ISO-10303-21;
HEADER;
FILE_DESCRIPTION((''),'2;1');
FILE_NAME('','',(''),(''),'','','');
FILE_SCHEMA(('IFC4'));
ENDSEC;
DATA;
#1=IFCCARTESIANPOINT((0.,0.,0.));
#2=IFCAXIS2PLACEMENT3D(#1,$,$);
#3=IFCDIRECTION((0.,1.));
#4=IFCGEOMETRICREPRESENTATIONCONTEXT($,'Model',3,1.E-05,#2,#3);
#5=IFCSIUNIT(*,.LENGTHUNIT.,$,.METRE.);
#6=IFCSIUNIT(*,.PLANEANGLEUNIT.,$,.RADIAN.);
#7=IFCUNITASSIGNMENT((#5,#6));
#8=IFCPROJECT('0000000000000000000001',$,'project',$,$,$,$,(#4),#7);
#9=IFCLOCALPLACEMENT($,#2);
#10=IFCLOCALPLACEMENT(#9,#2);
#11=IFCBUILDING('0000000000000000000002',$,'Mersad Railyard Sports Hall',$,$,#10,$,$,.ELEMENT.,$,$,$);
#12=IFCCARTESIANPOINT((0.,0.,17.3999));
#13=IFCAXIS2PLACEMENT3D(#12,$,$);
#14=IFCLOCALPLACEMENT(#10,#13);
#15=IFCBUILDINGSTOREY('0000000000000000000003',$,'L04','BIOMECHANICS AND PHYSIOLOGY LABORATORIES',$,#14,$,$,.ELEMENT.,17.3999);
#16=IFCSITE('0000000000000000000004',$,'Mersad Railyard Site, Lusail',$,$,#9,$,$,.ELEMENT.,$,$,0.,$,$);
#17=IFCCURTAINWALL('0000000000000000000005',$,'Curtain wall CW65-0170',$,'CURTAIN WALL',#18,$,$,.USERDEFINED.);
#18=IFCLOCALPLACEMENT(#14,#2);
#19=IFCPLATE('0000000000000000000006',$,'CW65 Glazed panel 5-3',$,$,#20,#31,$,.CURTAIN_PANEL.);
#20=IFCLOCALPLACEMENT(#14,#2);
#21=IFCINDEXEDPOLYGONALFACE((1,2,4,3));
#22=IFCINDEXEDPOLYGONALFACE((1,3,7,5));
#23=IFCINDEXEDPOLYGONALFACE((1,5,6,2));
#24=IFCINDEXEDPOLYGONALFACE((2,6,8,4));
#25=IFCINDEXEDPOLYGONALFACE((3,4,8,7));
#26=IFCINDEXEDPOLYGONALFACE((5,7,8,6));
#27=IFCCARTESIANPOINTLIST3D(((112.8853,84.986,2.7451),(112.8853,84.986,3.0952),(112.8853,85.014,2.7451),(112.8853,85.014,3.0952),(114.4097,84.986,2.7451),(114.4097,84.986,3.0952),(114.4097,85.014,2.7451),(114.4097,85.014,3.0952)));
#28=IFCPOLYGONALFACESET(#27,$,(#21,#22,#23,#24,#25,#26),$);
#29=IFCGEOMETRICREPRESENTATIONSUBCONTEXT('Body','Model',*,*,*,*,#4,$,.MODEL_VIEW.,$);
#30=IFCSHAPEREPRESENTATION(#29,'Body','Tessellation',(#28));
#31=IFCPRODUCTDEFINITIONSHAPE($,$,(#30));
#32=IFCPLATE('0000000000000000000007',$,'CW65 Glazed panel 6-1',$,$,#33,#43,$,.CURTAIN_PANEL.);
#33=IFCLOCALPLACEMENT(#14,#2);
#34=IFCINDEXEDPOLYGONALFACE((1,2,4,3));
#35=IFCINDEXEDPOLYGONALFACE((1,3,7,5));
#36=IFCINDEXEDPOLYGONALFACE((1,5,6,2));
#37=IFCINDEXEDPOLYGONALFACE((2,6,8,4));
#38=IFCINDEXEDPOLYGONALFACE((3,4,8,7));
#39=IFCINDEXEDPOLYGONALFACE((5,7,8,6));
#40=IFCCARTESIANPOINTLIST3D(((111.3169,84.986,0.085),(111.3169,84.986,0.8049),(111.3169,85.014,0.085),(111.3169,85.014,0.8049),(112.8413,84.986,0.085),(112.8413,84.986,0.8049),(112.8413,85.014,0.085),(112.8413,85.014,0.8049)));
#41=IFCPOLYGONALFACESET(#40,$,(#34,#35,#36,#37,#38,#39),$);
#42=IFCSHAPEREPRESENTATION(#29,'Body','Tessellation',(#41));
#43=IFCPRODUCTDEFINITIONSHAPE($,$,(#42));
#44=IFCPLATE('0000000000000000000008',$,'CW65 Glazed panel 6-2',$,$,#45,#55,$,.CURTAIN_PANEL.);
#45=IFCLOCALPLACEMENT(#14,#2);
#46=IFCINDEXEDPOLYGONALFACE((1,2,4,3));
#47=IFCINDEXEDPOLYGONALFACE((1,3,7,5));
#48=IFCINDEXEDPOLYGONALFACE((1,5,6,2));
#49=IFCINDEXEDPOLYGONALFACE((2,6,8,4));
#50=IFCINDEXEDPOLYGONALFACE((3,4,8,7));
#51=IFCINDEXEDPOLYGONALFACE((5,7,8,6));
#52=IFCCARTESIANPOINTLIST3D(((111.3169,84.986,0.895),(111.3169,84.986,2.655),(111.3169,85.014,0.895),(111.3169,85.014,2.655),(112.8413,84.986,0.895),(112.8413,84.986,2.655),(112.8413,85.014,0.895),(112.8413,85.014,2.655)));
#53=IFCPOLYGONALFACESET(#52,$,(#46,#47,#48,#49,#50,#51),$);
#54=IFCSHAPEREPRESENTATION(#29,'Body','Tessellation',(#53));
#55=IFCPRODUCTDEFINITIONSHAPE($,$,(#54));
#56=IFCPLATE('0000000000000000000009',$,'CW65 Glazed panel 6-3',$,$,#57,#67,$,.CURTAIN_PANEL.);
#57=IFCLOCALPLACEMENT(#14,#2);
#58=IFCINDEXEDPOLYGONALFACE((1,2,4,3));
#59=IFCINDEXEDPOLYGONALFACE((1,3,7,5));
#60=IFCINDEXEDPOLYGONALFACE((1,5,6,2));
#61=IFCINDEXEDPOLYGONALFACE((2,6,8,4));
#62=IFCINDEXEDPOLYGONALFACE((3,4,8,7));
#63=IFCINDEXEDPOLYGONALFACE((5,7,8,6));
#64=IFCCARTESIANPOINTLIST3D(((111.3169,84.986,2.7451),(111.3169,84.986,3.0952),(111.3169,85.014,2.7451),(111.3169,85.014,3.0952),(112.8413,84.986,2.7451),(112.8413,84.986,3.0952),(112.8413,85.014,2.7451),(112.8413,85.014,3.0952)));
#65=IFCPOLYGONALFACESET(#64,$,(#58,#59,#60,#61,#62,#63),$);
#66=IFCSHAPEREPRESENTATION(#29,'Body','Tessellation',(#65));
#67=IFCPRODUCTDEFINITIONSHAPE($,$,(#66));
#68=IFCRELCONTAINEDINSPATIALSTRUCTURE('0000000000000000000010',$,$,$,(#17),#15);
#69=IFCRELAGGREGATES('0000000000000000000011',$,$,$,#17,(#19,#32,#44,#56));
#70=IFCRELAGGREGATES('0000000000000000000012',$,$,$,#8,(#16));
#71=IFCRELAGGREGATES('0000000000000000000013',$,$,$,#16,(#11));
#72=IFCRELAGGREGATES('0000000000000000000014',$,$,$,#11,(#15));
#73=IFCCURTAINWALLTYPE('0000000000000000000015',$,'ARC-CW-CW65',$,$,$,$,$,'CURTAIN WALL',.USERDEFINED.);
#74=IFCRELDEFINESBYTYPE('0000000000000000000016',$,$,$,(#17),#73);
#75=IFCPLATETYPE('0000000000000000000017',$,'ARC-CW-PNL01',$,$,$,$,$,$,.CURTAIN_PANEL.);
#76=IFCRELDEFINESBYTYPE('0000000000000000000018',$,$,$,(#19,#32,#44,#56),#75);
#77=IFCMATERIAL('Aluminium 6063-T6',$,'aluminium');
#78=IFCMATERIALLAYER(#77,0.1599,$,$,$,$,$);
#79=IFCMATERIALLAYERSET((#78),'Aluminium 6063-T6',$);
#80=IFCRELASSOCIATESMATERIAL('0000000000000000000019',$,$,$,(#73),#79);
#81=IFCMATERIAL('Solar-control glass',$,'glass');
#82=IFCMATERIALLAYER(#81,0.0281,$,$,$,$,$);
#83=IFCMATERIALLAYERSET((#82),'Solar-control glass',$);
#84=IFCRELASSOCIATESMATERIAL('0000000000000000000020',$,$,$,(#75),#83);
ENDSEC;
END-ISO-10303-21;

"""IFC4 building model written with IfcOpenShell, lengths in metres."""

from ifc_helpers import new_model, si_unit, direction, frame, origin, origin_2d, place, context, subcontext, project, spatial, rectangle, extrude, material, layer, layer_set, type_object, element, aggregate, save


model = new_model("IFC4")

# Units and contexts
model_context = context("Model", 3, precision=1e-05, world=origin(), true_north=direction((0.0, 1.0)))
body_context = subcontext(model_context, "Body", "Model", "MODEL_VIEW")
ifc_project = project(units=[si_unit("LENGTHUNIT", "METRE"), si_unit("PLANEANGLEUNIT", "RADIAN")], contexts=[model_context])

# Site, building, storey
site_placement = place(None, origin())
site = spatial("IfcSite", under=ifc_project, at=site_placement, Name="Mersad Railyard Site, Lusail", CompositionType="ELEMENT", RefElevation=0.0)
building_placement = place(site_placement, origin())
building = spatial("IfcBuilding", under=site, at=building_placement, Name="Mersad Railyard Sports Hall", CompositionType="ELEMENT")
storey_placement = place(building_placement, frame((0.0, 0.0, 17.3999)))
storey = spatial("IfcBuildingStorey", under=building, at=storey_placement, Name="L04", Description="BIOMECHANICS AND PHYSIOLOGY LABORATORIES", CompositionType="ELEMENT", Elevation=17.3999)

# Shared definitions
ifc_material_1 = material(Name="Aluminium 6063-T6", Category="aluminium")
ifc_layer_1 = layer(ifc_material_1, 0.1599)
ifc_layer_set_1 = layer_set([ifc_layer_1], Name="Aluminium 6063-T6")
curtain_wall_type = type_object("IfcCurtainWallType", Name="ARC-CW-CW65", ElementType="CURTAIN WALL", PredefinedType="USERDEFINED", material=ifc_layer_set_1)

# Curtain wall
curtain_wall_1_placement = place(storey_placement, origin())
curtain_wall_1 = element("IfcCurtainWall", 1, at=curtain_wall_1_placement, inside=storey, type_object=curtain_wall_type, Name="Curtain wall CW65-0170", ObjectType="CURTAIN WALL", PredefinedType="USERDEFINED")

# Plates
ifc_material_2 = material(Name="Solar-control glass", Category="glass")
ifc_layer_2 = layer(ifc_material_2, 0.0281)
ifc_layer_set_2 = layer_set([ifc_layer_2], Name="Solar-control glass")
plate_type = type_object("IfcPlateType", Name="ARC-CW-PNL01", PredefinedType="CURTAIN_PANEL", material=ifc_layer_set_2)
plate_1_placement = place(storey_placement, frame((113.6475, 85.0, 2.7451), z_axis=(0.0, 0.0, 1.0), x_axis=(-1.0, 0.0, 0.0)))
plate_1 = element("IfcPlate", 2, at=plate_1_placement, type_object=plate_type, Name="CW65 Glazed panel 5-3", PredefinedType="CURTAIN_PANEL", context=body_context, shape_type="SweptSolid", body=[
    extrude(rectangle(XDim=1.5244, YDim=0.0281, at=origin_2d()), origin(), (0.0, 0.0, 1.0), 0.3501),
])
plate_2_placement = place(storey_placement, frame((112.0791, 85.0, 0.085), z_axis=(0.0, 0.0, 1.0), x_axis=(-1.0, 0.0, 0.0)))
plate_2 = element("IfcPlate", 3, at=plate_2_placement, type_object=plate_type, Name="CW65 Glazed panel 6-1", PredefinedType="CURTAIN_PANEL", context=body_context, shape_type="SweptSolid", body=[
    extrude(rectangle(XDim=1.5244, YDim=0.0281, at=origin_2d()), origin(), (0.0, 0.0, 1.0), 0.72),
])
plate_3_placement = place(storey_placement, frame((112.0791, 85.0, 0.895), z_axis=(0.0, 0.0, 1.0), x_axis=(-1.0, 0.0, 0.0)))
plate_3 = element("IfcPlate", 4, at=plate_3_placement, type_object=plate_type, Name="CW65 Glazed panel 6-2", PredefinedType="CURTAIN_PANEL", context=body_context, shape_type="SweptSolid", body=[
    extrude(rectangle(XDim=1.5244, YDim=0.0281, at=origin_2d()), origin(), (0.0, 0.0, 1.0), 1.76),
])
plate_4_placement = place(storey_placement, frame((112.0791, 85.0, 2.7451), z_axis=(0.0, 0.0, 1.0), x_axis=(-1.0, 0.0, 0.0)))
plate_4 = element("IfcPlate", 5, at=plate_4_placement, type_object=plate_type, Name="CW65 Glazed panel 6-3", PredefinedType="CURTAIN_PANEL", context=body_context, shape_type="SweptSolid", body=[
    extrude(rectangle(XDim=1.5244, YDim=0.0281, at=origin_2d()), origin(), (0.0, 0.0, 1.0), 0.3501),
])
aggregate(curtain_wall_1, [plate_1, plate_2, plate_3, plate_4])

save(model, "model.ifc")
